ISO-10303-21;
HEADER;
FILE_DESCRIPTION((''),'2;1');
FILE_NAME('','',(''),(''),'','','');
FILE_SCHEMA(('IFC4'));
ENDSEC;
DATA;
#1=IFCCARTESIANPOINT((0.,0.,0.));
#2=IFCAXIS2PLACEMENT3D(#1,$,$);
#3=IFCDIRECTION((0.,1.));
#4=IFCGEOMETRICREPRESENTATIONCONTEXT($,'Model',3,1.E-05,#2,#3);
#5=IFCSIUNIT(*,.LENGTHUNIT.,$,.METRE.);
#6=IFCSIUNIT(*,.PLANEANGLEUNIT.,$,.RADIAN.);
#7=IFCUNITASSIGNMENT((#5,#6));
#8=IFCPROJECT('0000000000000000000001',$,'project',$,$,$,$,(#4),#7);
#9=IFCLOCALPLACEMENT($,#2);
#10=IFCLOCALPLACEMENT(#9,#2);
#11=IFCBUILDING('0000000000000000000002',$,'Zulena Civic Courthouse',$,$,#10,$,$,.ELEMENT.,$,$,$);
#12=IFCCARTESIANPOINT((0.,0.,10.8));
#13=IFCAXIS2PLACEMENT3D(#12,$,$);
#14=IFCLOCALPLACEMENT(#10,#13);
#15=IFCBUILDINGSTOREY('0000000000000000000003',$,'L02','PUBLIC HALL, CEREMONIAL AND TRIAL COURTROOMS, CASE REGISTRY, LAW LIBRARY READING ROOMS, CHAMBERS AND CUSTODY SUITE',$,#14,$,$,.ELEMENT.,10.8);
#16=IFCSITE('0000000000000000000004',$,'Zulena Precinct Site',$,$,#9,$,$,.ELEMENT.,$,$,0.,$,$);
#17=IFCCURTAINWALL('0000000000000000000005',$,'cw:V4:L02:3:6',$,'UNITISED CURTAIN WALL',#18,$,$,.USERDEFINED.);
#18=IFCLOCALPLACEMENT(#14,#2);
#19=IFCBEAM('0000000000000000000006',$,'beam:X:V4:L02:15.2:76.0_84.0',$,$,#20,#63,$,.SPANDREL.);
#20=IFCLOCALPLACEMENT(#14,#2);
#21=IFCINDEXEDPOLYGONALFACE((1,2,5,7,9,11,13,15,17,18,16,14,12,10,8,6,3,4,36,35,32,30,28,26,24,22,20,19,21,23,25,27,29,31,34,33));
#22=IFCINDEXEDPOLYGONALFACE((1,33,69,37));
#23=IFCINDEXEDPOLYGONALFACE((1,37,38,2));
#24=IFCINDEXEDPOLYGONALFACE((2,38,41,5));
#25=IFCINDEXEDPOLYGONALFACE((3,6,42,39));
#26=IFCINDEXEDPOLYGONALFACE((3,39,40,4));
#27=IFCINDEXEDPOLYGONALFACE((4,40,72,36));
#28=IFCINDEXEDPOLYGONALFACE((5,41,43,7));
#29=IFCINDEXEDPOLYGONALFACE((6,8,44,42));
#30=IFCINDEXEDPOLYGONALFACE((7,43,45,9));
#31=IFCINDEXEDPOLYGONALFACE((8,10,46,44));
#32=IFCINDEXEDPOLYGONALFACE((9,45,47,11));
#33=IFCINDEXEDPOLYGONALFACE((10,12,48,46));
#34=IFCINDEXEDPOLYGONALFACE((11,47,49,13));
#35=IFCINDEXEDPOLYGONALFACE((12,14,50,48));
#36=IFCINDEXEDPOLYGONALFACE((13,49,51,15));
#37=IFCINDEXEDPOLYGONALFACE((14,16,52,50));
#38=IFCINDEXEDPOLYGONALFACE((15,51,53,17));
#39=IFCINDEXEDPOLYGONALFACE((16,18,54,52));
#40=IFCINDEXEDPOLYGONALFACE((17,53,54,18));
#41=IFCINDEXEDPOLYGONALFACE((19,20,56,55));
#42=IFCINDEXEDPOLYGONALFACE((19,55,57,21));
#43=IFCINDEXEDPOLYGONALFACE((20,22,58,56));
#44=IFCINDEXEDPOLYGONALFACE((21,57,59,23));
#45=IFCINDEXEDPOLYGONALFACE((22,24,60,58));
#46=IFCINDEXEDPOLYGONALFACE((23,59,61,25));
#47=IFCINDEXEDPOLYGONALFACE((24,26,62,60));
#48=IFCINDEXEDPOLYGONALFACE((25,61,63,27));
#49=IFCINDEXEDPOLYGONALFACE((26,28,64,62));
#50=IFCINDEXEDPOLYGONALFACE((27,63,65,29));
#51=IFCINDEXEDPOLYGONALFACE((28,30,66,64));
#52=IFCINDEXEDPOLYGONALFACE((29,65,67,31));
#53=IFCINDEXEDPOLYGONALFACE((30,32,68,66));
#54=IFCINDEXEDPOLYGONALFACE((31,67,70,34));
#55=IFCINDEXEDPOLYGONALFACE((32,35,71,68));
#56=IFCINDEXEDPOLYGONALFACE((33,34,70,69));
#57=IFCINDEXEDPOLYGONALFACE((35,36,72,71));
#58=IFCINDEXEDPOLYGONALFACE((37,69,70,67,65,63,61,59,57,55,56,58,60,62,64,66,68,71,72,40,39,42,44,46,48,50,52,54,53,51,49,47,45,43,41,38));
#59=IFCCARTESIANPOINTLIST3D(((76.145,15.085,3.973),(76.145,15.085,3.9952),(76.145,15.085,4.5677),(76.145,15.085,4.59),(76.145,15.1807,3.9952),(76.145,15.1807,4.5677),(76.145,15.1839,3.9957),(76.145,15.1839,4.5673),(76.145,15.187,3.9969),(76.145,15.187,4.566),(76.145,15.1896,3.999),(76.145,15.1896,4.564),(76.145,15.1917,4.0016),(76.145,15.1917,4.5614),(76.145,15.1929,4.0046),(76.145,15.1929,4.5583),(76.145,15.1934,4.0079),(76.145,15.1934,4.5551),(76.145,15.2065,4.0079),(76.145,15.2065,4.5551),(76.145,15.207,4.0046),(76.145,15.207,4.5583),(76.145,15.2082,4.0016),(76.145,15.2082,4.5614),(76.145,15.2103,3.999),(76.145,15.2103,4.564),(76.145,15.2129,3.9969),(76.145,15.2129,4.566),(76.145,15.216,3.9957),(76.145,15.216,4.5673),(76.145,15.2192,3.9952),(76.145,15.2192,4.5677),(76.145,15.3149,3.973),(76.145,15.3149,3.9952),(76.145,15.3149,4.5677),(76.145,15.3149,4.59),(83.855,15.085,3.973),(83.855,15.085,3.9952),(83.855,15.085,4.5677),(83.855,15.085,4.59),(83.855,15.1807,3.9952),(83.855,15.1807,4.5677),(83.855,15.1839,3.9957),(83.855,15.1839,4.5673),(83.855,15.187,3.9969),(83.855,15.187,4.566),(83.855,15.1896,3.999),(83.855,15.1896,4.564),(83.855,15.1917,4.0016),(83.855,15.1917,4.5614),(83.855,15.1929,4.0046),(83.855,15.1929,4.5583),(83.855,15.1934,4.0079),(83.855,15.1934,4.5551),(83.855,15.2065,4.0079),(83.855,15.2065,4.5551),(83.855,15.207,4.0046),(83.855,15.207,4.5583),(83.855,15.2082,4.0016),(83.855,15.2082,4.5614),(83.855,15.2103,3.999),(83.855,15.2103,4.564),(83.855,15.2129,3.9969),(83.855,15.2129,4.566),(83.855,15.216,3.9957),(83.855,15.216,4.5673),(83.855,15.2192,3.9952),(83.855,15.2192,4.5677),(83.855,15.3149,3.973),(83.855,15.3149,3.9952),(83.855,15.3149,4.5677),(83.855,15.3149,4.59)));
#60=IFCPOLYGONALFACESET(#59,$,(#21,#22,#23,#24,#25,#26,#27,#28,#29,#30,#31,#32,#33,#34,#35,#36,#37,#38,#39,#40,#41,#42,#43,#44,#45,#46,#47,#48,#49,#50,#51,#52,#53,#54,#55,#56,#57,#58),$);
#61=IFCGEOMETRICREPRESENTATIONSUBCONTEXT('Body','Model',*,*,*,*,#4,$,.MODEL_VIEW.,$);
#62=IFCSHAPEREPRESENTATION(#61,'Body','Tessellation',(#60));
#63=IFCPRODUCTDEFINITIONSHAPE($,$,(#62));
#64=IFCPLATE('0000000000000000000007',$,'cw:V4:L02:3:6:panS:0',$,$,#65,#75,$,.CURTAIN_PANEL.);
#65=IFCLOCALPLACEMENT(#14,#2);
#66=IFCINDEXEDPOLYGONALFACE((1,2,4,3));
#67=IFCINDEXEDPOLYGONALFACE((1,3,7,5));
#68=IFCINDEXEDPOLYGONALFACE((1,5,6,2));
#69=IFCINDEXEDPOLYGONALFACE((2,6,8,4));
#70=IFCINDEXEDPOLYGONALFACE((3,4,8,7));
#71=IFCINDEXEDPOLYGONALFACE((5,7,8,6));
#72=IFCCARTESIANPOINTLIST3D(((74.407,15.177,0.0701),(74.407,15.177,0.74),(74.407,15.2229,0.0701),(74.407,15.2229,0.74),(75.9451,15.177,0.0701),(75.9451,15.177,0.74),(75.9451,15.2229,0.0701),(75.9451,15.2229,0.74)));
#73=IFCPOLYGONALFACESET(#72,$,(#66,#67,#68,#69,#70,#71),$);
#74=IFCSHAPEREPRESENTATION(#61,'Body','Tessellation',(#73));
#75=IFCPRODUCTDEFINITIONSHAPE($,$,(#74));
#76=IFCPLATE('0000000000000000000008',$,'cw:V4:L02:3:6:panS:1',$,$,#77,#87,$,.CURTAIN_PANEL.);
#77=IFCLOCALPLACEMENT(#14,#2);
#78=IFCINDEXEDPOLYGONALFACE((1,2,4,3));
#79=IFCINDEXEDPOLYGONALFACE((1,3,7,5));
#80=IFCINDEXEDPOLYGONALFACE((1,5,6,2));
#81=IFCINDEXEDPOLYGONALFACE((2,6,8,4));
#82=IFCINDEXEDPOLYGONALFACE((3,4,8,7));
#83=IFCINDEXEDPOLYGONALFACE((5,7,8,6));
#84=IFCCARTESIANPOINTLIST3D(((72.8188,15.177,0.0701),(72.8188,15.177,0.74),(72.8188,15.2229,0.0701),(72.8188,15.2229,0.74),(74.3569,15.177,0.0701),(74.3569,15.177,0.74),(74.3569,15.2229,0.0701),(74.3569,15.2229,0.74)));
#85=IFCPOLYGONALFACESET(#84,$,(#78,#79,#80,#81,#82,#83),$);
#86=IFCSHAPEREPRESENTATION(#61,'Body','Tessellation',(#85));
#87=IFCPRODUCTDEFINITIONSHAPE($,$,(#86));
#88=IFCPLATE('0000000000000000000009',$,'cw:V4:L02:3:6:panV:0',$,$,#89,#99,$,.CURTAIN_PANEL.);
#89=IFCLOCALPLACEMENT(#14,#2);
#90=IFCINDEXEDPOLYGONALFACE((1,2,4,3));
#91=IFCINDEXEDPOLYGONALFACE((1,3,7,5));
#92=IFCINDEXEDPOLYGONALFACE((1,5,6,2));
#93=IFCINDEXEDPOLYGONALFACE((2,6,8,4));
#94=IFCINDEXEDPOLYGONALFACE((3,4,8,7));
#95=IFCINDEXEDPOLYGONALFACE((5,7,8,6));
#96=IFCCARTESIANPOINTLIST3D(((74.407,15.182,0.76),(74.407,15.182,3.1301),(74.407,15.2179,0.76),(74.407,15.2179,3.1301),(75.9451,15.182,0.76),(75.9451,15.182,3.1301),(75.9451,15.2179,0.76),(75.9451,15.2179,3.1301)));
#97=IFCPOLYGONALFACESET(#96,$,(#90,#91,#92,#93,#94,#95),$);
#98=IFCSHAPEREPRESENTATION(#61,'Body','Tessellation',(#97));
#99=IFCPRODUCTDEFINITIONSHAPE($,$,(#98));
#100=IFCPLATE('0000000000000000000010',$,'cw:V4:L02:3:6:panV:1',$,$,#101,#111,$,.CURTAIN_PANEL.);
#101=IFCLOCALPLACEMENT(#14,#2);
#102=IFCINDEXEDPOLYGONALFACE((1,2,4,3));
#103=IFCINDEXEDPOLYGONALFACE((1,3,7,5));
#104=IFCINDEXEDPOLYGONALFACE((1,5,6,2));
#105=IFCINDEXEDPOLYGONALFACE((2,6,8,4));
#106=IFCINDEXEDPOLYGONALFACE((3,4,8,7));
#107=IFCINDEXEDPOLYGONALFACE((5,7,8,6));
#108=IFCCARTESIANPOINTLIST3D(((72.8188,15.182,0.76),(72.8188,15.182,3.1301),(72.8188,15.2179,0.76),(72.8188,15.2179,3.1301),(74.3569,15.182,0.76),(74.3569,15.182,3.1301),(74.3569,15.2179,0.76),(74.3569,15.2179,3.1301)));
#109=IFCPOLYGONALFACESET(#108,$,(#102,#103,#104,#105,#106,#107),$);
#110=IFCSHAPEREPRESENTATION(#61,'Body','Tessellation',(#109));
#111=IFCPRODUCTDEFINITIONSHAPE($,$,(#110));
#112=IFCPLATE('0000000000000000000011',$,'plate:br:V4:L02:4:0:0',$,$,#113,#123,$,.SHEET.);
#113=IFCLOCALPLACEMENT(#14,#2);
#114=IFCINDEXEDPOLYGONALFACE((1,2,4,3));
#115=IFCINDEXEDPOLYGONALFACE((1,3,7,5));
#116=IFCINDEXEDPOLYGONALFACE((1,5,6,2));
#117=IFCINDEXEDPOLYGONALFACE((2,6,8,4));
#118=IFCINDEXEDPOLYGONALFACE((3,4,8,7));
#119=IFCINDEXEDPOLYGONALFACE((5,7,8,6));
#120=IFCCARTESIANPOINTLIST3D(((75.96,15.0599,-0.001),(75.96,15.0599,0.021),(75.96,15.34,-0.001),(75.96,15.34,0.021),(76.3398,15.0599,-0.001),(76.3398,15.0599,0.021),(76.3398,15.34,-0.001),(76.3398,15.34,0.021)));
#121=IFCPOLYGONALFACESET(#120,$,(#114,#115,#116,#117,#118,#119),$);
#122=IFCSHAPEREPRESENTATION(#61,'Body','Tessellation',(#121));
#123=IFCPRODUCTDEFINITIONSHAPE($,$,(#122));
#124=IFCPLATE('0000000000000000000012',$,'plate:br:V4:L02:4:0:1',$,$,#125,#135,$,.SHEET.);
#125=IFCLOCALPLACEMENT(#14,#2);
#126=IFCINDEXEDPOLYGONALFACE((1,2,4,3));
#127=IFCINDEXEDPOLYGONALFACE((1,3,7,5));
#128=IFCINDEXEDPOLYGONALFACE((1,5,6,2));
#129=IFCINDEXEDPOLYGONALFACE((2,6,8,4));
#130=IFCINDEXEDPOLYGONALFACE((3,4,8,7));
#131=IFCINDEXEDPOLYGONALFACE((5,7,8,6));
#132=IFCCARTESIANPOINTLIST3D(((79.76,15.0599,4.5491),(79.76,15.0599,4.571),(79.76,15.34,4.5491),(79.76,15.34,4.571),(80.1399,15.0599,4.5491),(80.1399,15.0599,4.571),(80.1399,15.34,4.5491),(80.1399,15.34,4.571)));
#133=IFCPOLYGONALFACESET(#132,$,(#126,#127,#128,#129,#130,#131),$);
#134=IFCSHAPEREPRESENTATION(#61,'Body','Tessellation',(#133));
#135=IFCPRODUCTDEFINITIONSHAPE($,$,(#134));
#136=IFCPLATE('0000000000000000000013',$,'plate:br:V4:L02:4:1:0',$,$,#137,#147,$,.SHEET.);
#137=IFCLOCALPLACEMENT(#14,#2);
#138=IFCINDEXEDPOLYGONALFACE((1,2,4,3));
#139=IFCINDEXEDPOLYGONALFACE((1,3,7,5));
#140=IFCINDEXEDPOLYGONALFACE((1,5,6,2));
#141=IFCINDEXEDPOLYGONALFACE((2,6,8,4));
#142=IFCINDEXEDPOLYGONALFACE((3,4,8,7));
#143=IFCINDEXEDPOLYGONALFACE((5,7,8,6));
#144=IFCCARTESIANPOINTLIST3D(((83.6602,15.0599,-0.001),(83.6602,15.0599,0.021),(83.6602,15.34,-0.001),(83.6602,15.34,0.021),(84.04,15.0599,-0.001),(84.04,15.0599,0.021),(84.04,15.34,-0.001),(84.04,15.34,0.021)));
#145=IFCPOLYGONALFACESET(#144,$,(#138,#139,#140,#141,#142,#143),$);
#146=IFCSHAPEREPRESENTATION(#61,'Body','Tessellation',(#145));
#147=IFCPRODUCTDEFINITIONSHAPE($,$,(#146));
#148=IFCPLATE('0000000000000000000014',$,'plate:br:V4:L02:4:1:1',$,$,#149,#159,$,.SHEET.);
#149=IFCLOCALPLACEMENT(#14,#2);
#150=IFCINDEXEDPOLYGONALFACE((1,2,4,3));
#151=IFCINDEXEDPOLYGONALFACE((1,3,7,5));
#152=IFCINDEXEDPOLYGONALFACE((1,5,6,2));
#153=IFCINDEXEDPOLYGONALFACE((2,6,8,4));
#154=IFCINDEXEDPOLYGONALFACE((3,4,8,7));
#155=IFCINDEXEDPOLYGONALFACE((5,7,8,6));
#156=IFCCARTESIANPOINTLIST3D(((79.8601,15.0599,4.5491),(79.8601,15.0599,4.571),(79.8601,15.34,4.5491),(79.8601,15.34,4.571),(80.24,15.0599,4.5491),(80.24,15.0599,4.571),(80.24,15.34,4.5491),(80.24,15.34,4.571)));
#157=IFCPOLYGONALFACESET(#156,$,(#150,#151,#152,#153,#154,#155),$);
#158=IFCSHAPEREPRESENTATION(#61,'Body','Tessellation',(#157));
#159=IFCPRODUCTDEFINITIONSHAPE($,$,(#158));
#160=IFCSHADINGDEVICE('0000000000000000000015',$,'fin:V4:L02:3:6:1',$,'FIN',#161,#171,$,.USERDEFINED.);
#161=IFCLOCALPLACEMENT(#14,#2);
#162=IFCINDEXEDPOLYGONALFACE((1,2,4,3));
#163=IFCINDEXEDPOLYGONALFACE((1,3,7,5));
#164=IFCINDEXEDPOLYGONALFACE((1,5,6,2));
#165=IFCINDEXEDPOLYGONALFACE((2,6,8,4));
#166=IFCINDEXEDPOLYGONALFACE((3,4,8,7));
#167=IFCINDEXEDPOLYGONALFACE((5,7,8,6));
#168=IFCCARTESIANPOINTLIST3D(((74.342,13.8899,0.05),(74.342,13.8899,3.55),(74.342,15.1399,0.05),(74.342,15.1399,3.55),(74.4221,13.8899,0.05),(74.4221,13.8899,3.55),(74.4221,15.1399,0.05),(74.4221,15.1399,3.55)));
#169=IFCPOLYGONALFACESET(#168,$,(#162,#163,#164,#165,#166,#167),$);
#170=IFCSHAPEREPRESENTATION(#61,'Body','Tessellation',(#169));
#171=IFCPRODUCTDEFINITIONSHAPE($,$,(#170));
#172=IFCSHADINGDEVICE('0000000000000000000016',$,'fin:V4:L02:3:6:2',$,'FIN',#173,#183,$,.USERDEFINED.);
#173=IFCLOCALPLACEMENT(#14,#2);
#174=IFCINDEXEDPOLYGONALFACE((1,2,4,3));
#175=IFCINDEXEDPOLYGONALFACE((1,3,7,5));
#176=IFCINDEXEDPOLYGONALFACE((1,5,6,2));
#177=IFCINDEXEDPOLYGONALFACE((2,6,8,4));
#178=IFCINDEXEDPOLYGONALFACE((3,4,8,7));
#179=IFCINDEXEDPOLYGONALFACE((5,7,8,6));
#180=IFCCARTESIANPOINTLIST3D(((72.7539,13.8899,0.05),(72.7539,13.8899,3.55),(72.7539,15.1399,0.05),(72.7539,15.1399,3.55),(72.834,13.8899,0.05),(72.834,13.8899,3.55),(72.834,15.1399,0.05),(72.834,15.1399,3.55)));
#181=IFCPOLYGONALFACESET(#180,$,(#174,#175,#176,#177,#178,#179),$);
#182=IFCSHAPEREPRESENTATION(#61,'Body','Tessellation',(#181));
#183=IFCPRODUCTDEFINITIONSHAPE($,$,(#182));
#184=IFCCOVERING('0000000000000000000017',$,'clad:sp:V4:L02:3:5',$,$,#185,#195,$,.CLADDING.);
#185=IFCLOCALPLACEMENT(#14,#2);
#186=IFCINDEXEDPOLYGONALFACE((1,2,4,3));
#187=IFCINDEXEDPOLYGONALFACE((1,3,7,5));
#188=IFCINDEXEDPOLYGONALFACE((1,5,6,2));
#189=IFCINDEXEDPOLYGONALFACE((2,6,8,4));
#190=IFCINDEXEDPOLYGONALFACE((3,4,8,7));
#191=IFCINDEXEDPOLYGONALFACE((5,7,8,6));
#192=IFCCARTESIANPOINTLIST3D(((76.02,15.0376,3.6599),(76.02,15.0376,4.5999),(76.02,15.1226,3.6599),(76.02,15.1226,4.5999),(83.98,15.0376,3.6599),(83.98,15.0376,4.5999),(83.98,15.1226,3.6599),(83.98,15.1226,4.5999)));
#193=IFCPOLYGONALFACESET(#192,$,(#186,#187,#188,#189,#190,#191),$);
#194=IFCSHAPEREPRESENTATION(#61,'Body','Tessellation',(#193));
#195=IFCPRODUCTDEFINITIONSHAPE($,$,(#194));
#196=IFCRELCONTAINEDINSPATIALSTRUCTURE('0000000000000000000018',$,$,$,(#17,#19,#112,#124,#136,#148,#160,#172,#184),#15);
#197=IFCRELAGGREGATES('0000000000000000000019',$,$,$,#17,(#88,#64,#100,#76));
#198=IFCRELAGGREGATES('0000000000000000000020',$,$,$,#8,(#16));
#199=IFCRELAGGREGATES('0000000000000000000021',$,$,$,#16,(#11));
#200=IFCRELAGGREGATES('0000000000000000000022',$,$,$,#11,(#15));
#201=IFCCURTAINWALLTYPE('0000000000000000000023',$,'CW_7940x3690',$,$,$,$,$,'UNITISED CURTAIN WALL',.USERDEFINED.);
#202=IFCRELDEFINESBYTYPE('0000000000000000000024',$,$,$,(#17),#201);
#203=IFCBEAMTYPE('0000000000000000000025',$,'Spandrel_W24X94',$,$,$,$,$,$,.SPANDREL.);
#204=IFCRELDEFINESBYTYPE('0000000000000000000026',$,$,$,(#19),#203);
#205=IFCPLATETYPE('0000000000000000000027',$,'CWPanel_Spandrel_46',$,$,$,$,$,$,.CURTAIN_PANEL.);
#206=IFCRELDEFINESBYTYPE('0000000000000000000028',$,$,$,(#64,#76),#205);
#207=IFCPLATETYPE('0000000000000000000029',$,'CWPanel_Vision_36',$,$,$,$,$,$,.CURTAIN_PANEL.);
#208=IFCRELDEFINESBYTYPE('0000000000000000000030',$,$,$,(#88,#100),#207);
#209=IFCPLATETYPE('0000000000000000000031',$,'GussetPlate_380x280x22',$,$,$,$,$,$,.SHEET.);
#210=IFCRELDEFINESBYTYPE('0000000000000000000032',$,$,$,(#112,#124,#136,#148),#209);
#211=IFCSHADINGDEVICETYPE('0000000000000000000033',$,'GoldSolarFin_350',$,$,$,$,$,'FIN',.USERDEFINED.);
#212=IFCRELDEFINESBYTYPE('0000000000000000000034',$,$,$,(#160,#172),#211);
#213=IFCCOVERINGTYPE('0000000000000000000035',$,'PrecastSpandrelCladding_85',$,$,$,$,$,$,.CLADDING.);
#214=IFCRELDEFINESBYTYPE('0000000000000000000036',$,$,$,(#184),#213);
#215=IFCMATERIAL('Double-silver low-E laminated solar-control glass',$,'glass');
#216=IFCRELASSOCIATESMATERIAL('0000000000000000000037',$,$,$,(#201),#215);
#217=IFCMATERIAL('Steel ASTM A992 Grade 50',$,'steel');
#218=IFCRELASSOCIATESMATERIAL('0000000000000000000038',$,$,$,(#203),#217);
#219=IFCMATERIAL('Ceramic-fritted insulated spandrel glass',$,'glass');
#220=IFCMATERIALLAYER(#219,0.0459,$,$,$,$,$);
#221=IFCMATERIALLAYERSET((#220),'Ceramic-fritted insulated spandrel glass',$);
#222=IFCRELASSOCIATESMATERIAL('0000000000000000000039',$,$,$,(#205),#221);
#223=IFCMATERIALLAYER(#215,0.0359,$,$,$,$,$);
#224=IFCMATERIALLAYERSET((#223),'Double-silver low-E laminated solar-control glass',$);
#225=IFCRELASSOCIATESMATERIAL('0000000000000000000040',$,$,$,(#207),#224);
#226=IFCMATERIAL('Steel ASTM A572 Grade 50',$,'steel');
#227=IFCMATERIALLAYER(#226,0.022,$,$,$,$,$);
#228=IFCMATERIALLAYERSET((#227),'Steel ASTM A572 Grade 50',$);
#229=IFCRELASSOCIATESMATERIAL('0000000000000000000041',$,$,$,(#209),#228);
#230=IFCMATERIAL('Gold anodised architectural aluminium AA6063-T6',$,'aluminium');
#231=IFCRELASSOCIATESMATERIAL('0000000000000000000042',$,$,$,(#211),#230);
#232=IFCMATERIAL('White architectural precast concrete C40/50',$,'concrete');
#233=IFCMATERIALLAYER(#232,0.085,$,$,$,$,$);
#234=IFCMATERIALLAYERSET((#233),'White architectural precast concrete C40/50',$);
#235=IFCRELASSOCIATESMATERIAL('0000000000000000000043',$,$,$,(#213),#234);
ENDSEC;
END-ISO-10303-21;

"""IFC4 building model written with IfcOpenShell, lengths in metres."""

from ifc_helpers import new_model, si_unit, direction, frame, origin, origin_2d, place, context, subcontext, project, spatial, rectangle, i_section, extrude, material, layer, layer_set, material_profile, profile_set, type_object, element, aggregate, save


model = new_model("IFC4")

# Units and contexts
model_context = context("Model", 3, precision=1e-05, world=origin(), true_north=direction((0.0, 1.0)))
body_context = subcontext(model_context, "Body", "Model", "MODEL_VIEW")
ifc_project = project(units=[si_unit("LENGTHUNIT", "METRE"), si_unit("PLANEANGLEUNIT", "RADIAN")], contexts=[model_context])

# Site, building, storey
site_placement = place(None, origin())
site = spatial("IfcSite", under=ifc_project, at=site_placement, Name="Zulena Precinct Site", CompositionType="ELEMENT", RefElevation=0.0)
building_placement = place(site_placement, origin())
building = spatial("IfcBuilding", under=site, at=building_placement, Name="Zulena Civic Courthouse", CompositionType="ELEMENT")
storey_placement = place(building_placement, frame((0.0, 0.0, 10.8)))
storey = spatial("IfcBuildingStorey", under=building, at=storey_placement, Name="L02", Description="PUBLIC HALL, CEREMONIAL AND TRIAL COURTROOMS, CASE REGISTRY, LAW LIBRARY READING ROOMS, CHAMBERS AND CUSTODY SUITE", CompositionType="ELEMENT", Elevation=10.8)

# Shared definitions
ifc_material_1 = material(Name="Steel ASTM A992 Grade 50", Category="steel")

# Curtain wall
ifc_material_2 = material(Name="Double-silver low-E laminated solar-control glass", Category="glass")
curtain_wall_type = type_object("IfcCurtainWallType", Name="CW_7940x3690", ElementType="UNITISED CURTAIN WALL", PredefinedType="USERDEFINED", material=ifc_material_2)
curtain_wall_placement = place(storey_placement, origin())
curtain_wall = element("IfcCurtainWall", 1, at=curtain_wall_placement, inside=storey, type_object=curtain_wall_type, Name="cw:V4:L02:3:6", ObjectType="UNITISED CURTAIN WALL", PredefinedType="USERDEFINED")

# Beam
ifc_material_profile_1 = material_profile(ifc_material_1, i_section(OverallWidth=0.23, OverallDepth=0.6169, WebThickness=0.0132, FlangeThickness=0.0222, FilletRadius=0.0127, at=origin_2d()), Name="W24X94")
ifc_profile_set_1 = profile_set([ifc_material_profile_1], Name="Steel ASTM A992 Grade 50")
beam_type_1 = type_object("IfcBeamType", Name="Spandrel_W24X94", PredefinedType="SPANDREL", material=ifc_profile_set_1)
beam_1_placement = place(storey_placement, frame((76.145, 15.2, 4.2815), z_axis=(1.0, 0.0, 0.0), x_axis=(0.0, 1.0, 0.0)))
element("IfcBeam", 2, at=beam_1_placement, inside=storey, type_object=beam_type_1, Name="beam:X:V4:L02:15.2:76.0_84.0", PredefinedType="SPANDREL", context=body_context, shape_type="SweptSolid", body=[
    extrude(i_section(OverallWidth=0.23, OverallDepth=0.6169, WebThickness=0.0132, FlangeThickness=0.0222, FilletRadius=0.0127, at=origin_2d()), origin(), (0.0, 0.0, 1.0), 7.71),
])

# Plates
ifc_material_3 = material(Name="Ceramic-fritted insulated spandrel glass", Category="glass")
ifc_layer_1 = layer(ifc_material_3, 0.0459)
ifc_layer_set_1 = layer_set([ifc_layer_1], Name="Ceramic-fritted insulated spandrel glass")
plate_type_1 = type_object("IfcPlateType", Name="CWPanel_Spandrel_46", PredefinedType="CURTAIN_PANEL", material=ifc_layer_set_1)
plate_1_placement = place(storey_placement, frame((75.176, 15.2, 0.0701), z_axis=(0.0, 0.0, 1.0), x_axis=(-1.0, 0.0, 0.0)))
plate_1 = element("IfcPlate", 3, at=plate_1_placement, type_object=plate_type_1, Name="cw:V4:L02:3:6:panS:0", PredefinedType="CURTAIN_PANEL", context=body_context, shape_type="SweptSolid", body=[
    extrude(rectangle(XDim=1.5381, YDim=0.0459, at=origin_2d()), origin(), (0.0, 0.0, 1.0), 0.6699),
])
plate_2_placement = place(storey_placement, frame((73.5879, 15.2, 0.0701), z_axis=(0.0, 0.0, 1.0), x_axis=(-1.0, 0.0, 0.0)))
plate_2 = element("IfcPlate", 4, at=plate_2_placement, type_object=plate_type_1, Name="cw:V4:L02:3:6:panS:1", PredefinedType="CURTAIN_PANEL", context=body_context, shape_type="SweptSolid", body=[
    extrude(rectangle(XDim=1.5381, YDim=0.0459, at=origin_2d()), origin(), (0.0, 0.0, 1.0), 0.6699),
])
ifc_layer_2 = layer(ifc_material_2, 0.0359)
ifc_layer_set_2 = layer_set([ifc_layer_2], Name="Double-silver low-E laminated solar-control glass")
plate_type_2 = type_object("IfcPlateType", Name="CWPanel_Vision_36", PredefinedType="CURTAIN_PANEL", material=ifc_layer_set_2)
plate_3_placement = place(storey_placement, frame((75.176, 15.2, 0.76), z_axis=(0.0, 0.0, 1.0), x_axis=(-1.0, 0.0, 0.0)))
plate_3 = element("IfcPlate", 5, at=plate_3_placement, type_object=plate_type_2, Name="cw:V4:L02:3:6:panV:0", PredefinedType="CURTAIN_PANEL", context=body_context, shape_type="SweptSolid", body=[
    extrude(rectangle(XDim=1.5381, YDim=0.0359, at=origin_2d()), origin(), (0.0, 0.0, 1.0), 2.3701),
])
plate_4_placement = place(storey_placement, frame((73.5879, 15.2, 0.76), z_axis=(0.0, 0.0, 1.0), x_axis=(-1.0, 0.0, 0.0)))
plate_4 = element("IfcPlate", 6, at=plate_4_placement, type_object=plate_type_2, Name="cw:V4:L02:3:6:panV:1", PredefinedType="CURTAIN_PANEL", context=body_context, shape_type="SweptSolid", body=[
    extrude(rectangle(XDim=1.5381, YDim=0.0359, at=origin_2d()), origin(), (0.0, 0.0, 1.0), 2.3701),
])
aggregate(curtain_wall, [plate_3, plate_1, plate_4, plate_2])

# Plates
ifc_material_4 = material(Name="Steel ASTM A572 Grade 50", Category="steel")
ifc_layer_3 = layer(ifc_material_4, 0.022)
ifc_layer_set_3 = layer_set([ifc_layer_3], Name="Steel ASTM A572 Grade 50")
plate_type_3 = type_object("IfcPlateType", Name="GussetPlate_380x280x22", PredefinedType="SHEET", material=ifc_layer_set_3)
for number, where, z_axis, x_axis, name in (
    (7, (76.1499, 15.2, -0.001), (0.0, 0.0, 1.0), (1.0, 0.0, 0.0), "plate:br:V4:L02:4:0:0"),
    (8, (79.95, 15.2, 4.5491), (0.0, 0.0, 1.0), (1.0, 0.0, 0.0), "plate:br:V4:L02:4:0:1"),
    (9, (83.8501, 15.2, -0.001), (0.0, 0.0, 1.0), (1.0, 0.0, 0.0), "plate:br:V4:L02:4:1:0"),
    (10, (80.05, 15.2, 4.5491), (0.0, 0.0, 1.0), (1.0, 0.0, 0.0), "plate:br:V4:L02:4:1:1"),
):
    element("IfcPlate", number, at=place(storey_placement, frame(where, z_axis=z_axis, x_axis=x_axis)), inside=storey, type_object=plate_type_3, Name=name, PredefinedType="SHEET", context=body_context, shape_type="SweptSolid", body=[
        extrude(rectangle(XDim=0.3799, YDim=0.28, at=origin_2d()), origin(), (0.0, 0.0, 1.0), 0.022),
    ])

# Shading devices
ifc_material_5 = material(Name="Gold anodised architectural aluminium AA6063-T6", Category="aluminium")
shading_device_type = type_object("IfcShadingDeviceType", Name="GoldSolarFin_350", ElementType="FIN", PredefinedType="USERDEFINED", material=ifc_material_5)
for number, where, z_axis, x_axis, name in (
    (11, (74.3821, 14.5149, 0.05), (0.0, 0.0, 1.0), (0.0, -1.0, 0.0), "fin:V4:L02:3:6:1"),
    (12, (72.7939, 14.5149, 0.05), (0.0, 0.0, 1.0), (0.0, -1.0, 0.0), "fin:V4:L02:3:6:2"),
):
    element("IfcShadingDevice", number, at=place(storey_placement, frame(where, z_axis=z_axis, x_axis=x_axis)), inside=storey, type_object=shading_device_type, Name=name, ObjectType="FIN", PredefinedType="USERDEFINED", context=body_context, shape_type="SweptSolid", body=[
        extrude(rectangle(XDim=1.25, YDim=0.0801, at=origin_2d()), origin(), (0.0, 0.0, 1.0), 3.5),
    ])

# Covering
ifc_material_6 = material(Name="White architectural precast concrete C40/50", Category="concrete")
ifc_layer_4 = layer(ifc_material_6, 0.085)
ifc_layer_set_4 = layer_set([ifc_layer_4], Name="White architectural precast concrete C40/50")
covering_type = type_object("IfcCoveringType", Name="PrecastSpandrelCladding_85", PredefinedType="CLADDING", material=ifc_layer_set_4)
covering_placement = place(storey_placement, frame((80.0, 15.0801, 3.6599), z_axis=(0.0, 0.0, 1.0), x_axis=(-1.0, 0.0, 0.0)))
element("IfcCovering", 13, at=covering_placement, inside=storey, type_object=covering_type, Name="clad:sp:V4:L02:3:5", PredefinedType="CLADDING", context=body_context, shape_type="SweptSolid", body=[
    extrude(rectangle(XDim=7.96, YDim=0.085, at=origin_2d()), origin(), (0.0, 0.0, 1.0), 0.9399),
])

save(model, "model.ifc")
